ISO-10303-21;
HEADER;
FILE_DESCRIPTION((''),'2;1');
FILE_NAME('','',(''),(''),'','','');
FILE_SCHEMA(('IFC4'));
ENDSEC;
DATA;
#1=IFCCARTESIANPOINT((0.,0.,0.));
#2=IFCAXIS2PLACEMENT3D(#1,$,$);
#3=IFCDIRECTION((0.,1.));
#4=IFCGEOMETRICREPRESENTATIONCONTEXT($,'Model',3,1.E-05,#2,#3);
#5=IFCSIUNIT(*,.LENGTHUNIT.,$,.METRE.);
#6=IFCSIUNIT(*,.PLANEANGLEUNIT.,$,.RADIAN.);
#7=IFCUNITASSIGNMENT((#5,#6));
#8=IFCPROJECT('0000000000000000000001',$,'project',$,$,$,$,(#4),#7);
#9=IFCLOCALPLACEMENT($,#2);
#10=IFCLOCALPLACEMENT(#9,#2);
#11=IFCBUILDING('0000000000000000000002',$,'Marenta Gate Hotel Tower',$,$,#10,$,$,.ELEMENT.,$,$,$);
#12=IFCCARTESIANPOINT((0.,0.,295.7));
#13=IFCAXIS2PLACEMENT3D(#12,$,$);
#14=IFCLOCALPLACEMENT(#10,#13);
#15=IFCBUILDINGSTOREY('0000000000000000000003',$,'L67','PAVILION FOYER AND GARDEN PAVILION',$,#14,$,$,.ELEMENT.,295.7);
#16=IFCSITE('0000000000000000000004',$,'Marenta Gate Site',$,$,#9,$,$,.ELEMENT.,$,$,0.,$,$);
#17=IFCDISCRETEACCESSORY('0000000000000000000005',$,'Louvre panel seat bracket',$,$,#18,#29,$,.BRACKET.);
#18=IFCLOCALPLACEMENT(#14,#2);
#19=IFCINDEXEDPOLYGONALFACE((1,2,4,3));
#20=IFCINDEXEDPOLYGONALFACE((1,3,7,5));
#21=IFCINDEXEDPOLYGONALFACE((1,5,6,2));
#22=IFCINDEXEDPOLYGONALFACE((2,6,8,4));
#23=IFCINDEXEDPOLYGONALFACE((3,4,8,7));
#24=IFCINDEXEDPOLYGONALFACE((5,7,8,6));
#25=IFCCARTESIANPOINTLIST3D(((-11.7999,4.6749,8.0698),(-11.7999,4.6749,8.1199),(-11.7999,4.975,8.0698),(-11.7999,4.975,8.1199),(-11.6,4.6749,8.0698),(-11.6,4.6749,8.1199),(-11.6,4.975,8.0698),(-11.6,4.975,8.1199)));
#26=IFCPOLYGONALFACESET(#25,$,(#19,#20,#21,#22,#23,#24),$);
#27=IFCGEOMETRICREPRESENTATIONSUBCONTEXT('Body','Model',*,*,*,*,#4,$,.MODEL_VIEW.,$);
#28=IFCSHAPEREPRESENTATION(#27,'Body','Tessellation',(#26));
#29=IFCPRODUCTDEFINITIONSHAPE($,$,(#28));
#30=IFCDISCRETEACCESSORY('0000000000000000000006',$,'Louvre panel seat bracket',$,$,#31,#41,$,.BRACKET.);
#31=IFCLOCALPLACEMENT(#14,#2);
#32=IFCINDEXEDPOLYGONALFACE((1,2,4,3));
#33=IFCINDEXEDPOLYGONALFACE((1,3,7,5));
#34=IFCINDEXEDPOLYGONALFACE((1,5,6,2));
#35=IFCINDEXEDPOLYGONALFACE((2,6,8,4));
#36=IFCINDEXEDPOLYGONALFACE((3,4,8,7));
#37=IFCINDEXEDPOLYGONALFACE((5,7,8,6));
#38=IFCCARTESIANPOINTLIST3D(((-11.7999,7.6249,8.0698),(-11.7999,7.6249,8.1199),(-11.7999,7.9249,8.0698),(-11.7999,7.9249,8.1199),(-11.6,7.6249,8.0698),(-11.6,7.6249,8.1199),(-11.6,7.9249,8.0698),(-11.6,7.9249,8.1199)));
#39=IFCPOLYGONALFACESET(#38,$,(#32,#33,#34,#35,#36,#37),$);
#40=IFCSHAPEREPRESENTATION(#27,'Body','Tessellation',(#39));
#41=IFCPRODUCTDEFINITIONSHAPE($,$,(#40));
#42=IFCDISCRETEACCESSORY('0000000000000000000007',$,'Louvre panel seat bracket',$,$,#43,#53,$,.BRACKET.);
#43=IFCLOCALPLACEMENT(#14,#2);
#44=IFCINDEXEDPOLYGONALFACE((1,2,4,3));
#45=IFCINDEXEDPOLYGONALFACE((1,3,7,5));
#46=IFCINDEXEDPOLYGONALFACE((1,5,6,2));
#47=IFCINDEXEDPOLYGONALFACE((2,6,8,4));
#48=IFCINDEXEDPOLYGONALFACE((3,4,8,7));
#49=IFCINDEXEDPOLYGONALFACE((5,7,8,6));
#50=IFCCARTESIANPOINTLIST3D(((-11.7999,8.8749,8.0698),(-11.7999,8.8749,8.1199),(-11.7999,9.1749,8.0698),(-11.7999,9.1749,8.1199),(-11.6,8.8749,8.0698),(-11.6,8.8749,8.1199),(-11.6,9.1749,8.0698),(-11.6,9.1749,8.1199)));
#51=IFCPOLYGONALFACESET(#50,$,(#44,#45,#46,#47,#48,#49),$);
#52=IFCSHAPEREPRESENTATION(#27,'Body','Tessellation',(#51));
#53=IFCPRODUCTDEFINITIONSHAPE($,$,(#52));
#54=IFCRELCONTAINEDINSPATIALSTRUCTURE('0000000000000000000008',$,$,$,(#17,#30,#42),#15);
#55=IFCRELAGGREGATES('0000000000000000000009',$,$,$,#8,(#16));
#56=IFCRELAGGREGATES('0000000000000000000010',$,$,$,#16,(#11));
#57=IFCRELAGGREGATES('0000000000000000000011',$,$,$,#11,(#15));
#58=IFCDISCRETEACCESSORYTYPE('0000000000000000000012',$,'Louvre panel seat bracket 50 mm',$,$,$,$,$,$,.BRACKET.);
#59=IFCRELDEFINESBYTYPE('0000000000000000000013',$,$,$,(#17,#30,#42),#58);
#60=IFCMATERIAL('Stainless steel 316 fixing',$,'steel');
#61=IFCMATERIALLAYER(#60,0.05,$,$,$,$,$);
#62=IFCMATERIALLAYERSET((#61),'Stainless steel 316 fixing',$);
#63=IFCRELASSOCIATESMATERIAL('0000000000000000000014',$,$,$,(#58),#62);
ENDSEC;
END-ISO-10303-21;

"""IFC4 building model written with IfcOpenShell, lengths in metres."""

from ifc_helpers import new_model, si_unit, direction, frame, origin, origin_2d, place, context, subcontext, project, spatial, rectangle, extrude, material, layer, layer_set, type_object, element, save


model = new_model("IFC4")

# Units and contexts
model_context = context("Model", 3, precision=1e-05, world=origin(), true_north=direction((0.0, 1.0)))
body_context = subcontext(model_context, "Body", "Model", "MODEL_VIEW")
ifc_project = project(units=[si_unit("LENGTHUNIT", "METRE"), si_unit("PLANEANGLEUNIT", "RADIAN")], contexts=[model_context])

# Site, building, storey
site_placement = place(None, origin())
site = spatial("IfcSite", under=ifc_project, at=site_placement, Name="Marenta Gate Site", CompositionType="ELEMENT", RefElevation=0.0)
building_placement = place(site_placement, origin())
building = spatial("IfcBuilding", under=site, at=building_placement, Name="Marenta Gate Hotel Tower", CompositionType="ELEMENT")
storey_placement = place(building_placement, frame((0.0, 0.0, 295.7)))
storey = spatial("IfcBuildingStorey", under=building, at=storey_placement, Name="L67", Description="PAVILION FOYER AND GARDEN PAVILION", CompositionType="ELEMENT", Elevation=295.7)

# Discrete accessories
ifc_material_1 = material(Name="Stainless steel 316 fixing", Category="steel")
ifc_layer_1 = layer(ifc_material_1, 0.05)
ifc_layer_set_1 = layer_set([ifc_layer_1], Name="Stainless steel 316 fixing")
discrete_accessory_type = type_object("IfcDiscreteAccessoryType", Name="Louvre panel seat bracket 50 mm", PredefinedType="BRACKET", material=ifc_layer_set_1)
for number, where, z_axis, x_axis, name in (
    (1, (-11.7, 4.825, 8.0698), (0.0, 0.0, 1.0), (1.0, 0.0, 0.0), "Louvre panel seat bracket"),
    (2, (-11.7, 7.7749, 8.0698), (0.0, 0.0, 1.0), (1.0, 0.0, 0.0), "Louvre panel seat bracket"),
    (3, (-11.7, 9.0249, 8.0698), (0.0, 0.0, 1.0), (1.0, 0.0, 0.0), "Louvre panel seat bracket"),
):
    element("IfcDiscreteAccessory", number, at=place(storey_placement, frame(where, z_axis=z_axis, x_axis=x_axis)), inside=storey, type_object=discrete_accessory_type, Name=name, PredefinedType="BRACKET", context=body_context, shape_type="SweptSolid", body=[
        extrude(rectangle(XDim=0.2, YDim=0.3, at=origin_2d()), origin(), (0.0, 0.0, 1.0), 0.05),
    ])

save(model, "model.ifc")
